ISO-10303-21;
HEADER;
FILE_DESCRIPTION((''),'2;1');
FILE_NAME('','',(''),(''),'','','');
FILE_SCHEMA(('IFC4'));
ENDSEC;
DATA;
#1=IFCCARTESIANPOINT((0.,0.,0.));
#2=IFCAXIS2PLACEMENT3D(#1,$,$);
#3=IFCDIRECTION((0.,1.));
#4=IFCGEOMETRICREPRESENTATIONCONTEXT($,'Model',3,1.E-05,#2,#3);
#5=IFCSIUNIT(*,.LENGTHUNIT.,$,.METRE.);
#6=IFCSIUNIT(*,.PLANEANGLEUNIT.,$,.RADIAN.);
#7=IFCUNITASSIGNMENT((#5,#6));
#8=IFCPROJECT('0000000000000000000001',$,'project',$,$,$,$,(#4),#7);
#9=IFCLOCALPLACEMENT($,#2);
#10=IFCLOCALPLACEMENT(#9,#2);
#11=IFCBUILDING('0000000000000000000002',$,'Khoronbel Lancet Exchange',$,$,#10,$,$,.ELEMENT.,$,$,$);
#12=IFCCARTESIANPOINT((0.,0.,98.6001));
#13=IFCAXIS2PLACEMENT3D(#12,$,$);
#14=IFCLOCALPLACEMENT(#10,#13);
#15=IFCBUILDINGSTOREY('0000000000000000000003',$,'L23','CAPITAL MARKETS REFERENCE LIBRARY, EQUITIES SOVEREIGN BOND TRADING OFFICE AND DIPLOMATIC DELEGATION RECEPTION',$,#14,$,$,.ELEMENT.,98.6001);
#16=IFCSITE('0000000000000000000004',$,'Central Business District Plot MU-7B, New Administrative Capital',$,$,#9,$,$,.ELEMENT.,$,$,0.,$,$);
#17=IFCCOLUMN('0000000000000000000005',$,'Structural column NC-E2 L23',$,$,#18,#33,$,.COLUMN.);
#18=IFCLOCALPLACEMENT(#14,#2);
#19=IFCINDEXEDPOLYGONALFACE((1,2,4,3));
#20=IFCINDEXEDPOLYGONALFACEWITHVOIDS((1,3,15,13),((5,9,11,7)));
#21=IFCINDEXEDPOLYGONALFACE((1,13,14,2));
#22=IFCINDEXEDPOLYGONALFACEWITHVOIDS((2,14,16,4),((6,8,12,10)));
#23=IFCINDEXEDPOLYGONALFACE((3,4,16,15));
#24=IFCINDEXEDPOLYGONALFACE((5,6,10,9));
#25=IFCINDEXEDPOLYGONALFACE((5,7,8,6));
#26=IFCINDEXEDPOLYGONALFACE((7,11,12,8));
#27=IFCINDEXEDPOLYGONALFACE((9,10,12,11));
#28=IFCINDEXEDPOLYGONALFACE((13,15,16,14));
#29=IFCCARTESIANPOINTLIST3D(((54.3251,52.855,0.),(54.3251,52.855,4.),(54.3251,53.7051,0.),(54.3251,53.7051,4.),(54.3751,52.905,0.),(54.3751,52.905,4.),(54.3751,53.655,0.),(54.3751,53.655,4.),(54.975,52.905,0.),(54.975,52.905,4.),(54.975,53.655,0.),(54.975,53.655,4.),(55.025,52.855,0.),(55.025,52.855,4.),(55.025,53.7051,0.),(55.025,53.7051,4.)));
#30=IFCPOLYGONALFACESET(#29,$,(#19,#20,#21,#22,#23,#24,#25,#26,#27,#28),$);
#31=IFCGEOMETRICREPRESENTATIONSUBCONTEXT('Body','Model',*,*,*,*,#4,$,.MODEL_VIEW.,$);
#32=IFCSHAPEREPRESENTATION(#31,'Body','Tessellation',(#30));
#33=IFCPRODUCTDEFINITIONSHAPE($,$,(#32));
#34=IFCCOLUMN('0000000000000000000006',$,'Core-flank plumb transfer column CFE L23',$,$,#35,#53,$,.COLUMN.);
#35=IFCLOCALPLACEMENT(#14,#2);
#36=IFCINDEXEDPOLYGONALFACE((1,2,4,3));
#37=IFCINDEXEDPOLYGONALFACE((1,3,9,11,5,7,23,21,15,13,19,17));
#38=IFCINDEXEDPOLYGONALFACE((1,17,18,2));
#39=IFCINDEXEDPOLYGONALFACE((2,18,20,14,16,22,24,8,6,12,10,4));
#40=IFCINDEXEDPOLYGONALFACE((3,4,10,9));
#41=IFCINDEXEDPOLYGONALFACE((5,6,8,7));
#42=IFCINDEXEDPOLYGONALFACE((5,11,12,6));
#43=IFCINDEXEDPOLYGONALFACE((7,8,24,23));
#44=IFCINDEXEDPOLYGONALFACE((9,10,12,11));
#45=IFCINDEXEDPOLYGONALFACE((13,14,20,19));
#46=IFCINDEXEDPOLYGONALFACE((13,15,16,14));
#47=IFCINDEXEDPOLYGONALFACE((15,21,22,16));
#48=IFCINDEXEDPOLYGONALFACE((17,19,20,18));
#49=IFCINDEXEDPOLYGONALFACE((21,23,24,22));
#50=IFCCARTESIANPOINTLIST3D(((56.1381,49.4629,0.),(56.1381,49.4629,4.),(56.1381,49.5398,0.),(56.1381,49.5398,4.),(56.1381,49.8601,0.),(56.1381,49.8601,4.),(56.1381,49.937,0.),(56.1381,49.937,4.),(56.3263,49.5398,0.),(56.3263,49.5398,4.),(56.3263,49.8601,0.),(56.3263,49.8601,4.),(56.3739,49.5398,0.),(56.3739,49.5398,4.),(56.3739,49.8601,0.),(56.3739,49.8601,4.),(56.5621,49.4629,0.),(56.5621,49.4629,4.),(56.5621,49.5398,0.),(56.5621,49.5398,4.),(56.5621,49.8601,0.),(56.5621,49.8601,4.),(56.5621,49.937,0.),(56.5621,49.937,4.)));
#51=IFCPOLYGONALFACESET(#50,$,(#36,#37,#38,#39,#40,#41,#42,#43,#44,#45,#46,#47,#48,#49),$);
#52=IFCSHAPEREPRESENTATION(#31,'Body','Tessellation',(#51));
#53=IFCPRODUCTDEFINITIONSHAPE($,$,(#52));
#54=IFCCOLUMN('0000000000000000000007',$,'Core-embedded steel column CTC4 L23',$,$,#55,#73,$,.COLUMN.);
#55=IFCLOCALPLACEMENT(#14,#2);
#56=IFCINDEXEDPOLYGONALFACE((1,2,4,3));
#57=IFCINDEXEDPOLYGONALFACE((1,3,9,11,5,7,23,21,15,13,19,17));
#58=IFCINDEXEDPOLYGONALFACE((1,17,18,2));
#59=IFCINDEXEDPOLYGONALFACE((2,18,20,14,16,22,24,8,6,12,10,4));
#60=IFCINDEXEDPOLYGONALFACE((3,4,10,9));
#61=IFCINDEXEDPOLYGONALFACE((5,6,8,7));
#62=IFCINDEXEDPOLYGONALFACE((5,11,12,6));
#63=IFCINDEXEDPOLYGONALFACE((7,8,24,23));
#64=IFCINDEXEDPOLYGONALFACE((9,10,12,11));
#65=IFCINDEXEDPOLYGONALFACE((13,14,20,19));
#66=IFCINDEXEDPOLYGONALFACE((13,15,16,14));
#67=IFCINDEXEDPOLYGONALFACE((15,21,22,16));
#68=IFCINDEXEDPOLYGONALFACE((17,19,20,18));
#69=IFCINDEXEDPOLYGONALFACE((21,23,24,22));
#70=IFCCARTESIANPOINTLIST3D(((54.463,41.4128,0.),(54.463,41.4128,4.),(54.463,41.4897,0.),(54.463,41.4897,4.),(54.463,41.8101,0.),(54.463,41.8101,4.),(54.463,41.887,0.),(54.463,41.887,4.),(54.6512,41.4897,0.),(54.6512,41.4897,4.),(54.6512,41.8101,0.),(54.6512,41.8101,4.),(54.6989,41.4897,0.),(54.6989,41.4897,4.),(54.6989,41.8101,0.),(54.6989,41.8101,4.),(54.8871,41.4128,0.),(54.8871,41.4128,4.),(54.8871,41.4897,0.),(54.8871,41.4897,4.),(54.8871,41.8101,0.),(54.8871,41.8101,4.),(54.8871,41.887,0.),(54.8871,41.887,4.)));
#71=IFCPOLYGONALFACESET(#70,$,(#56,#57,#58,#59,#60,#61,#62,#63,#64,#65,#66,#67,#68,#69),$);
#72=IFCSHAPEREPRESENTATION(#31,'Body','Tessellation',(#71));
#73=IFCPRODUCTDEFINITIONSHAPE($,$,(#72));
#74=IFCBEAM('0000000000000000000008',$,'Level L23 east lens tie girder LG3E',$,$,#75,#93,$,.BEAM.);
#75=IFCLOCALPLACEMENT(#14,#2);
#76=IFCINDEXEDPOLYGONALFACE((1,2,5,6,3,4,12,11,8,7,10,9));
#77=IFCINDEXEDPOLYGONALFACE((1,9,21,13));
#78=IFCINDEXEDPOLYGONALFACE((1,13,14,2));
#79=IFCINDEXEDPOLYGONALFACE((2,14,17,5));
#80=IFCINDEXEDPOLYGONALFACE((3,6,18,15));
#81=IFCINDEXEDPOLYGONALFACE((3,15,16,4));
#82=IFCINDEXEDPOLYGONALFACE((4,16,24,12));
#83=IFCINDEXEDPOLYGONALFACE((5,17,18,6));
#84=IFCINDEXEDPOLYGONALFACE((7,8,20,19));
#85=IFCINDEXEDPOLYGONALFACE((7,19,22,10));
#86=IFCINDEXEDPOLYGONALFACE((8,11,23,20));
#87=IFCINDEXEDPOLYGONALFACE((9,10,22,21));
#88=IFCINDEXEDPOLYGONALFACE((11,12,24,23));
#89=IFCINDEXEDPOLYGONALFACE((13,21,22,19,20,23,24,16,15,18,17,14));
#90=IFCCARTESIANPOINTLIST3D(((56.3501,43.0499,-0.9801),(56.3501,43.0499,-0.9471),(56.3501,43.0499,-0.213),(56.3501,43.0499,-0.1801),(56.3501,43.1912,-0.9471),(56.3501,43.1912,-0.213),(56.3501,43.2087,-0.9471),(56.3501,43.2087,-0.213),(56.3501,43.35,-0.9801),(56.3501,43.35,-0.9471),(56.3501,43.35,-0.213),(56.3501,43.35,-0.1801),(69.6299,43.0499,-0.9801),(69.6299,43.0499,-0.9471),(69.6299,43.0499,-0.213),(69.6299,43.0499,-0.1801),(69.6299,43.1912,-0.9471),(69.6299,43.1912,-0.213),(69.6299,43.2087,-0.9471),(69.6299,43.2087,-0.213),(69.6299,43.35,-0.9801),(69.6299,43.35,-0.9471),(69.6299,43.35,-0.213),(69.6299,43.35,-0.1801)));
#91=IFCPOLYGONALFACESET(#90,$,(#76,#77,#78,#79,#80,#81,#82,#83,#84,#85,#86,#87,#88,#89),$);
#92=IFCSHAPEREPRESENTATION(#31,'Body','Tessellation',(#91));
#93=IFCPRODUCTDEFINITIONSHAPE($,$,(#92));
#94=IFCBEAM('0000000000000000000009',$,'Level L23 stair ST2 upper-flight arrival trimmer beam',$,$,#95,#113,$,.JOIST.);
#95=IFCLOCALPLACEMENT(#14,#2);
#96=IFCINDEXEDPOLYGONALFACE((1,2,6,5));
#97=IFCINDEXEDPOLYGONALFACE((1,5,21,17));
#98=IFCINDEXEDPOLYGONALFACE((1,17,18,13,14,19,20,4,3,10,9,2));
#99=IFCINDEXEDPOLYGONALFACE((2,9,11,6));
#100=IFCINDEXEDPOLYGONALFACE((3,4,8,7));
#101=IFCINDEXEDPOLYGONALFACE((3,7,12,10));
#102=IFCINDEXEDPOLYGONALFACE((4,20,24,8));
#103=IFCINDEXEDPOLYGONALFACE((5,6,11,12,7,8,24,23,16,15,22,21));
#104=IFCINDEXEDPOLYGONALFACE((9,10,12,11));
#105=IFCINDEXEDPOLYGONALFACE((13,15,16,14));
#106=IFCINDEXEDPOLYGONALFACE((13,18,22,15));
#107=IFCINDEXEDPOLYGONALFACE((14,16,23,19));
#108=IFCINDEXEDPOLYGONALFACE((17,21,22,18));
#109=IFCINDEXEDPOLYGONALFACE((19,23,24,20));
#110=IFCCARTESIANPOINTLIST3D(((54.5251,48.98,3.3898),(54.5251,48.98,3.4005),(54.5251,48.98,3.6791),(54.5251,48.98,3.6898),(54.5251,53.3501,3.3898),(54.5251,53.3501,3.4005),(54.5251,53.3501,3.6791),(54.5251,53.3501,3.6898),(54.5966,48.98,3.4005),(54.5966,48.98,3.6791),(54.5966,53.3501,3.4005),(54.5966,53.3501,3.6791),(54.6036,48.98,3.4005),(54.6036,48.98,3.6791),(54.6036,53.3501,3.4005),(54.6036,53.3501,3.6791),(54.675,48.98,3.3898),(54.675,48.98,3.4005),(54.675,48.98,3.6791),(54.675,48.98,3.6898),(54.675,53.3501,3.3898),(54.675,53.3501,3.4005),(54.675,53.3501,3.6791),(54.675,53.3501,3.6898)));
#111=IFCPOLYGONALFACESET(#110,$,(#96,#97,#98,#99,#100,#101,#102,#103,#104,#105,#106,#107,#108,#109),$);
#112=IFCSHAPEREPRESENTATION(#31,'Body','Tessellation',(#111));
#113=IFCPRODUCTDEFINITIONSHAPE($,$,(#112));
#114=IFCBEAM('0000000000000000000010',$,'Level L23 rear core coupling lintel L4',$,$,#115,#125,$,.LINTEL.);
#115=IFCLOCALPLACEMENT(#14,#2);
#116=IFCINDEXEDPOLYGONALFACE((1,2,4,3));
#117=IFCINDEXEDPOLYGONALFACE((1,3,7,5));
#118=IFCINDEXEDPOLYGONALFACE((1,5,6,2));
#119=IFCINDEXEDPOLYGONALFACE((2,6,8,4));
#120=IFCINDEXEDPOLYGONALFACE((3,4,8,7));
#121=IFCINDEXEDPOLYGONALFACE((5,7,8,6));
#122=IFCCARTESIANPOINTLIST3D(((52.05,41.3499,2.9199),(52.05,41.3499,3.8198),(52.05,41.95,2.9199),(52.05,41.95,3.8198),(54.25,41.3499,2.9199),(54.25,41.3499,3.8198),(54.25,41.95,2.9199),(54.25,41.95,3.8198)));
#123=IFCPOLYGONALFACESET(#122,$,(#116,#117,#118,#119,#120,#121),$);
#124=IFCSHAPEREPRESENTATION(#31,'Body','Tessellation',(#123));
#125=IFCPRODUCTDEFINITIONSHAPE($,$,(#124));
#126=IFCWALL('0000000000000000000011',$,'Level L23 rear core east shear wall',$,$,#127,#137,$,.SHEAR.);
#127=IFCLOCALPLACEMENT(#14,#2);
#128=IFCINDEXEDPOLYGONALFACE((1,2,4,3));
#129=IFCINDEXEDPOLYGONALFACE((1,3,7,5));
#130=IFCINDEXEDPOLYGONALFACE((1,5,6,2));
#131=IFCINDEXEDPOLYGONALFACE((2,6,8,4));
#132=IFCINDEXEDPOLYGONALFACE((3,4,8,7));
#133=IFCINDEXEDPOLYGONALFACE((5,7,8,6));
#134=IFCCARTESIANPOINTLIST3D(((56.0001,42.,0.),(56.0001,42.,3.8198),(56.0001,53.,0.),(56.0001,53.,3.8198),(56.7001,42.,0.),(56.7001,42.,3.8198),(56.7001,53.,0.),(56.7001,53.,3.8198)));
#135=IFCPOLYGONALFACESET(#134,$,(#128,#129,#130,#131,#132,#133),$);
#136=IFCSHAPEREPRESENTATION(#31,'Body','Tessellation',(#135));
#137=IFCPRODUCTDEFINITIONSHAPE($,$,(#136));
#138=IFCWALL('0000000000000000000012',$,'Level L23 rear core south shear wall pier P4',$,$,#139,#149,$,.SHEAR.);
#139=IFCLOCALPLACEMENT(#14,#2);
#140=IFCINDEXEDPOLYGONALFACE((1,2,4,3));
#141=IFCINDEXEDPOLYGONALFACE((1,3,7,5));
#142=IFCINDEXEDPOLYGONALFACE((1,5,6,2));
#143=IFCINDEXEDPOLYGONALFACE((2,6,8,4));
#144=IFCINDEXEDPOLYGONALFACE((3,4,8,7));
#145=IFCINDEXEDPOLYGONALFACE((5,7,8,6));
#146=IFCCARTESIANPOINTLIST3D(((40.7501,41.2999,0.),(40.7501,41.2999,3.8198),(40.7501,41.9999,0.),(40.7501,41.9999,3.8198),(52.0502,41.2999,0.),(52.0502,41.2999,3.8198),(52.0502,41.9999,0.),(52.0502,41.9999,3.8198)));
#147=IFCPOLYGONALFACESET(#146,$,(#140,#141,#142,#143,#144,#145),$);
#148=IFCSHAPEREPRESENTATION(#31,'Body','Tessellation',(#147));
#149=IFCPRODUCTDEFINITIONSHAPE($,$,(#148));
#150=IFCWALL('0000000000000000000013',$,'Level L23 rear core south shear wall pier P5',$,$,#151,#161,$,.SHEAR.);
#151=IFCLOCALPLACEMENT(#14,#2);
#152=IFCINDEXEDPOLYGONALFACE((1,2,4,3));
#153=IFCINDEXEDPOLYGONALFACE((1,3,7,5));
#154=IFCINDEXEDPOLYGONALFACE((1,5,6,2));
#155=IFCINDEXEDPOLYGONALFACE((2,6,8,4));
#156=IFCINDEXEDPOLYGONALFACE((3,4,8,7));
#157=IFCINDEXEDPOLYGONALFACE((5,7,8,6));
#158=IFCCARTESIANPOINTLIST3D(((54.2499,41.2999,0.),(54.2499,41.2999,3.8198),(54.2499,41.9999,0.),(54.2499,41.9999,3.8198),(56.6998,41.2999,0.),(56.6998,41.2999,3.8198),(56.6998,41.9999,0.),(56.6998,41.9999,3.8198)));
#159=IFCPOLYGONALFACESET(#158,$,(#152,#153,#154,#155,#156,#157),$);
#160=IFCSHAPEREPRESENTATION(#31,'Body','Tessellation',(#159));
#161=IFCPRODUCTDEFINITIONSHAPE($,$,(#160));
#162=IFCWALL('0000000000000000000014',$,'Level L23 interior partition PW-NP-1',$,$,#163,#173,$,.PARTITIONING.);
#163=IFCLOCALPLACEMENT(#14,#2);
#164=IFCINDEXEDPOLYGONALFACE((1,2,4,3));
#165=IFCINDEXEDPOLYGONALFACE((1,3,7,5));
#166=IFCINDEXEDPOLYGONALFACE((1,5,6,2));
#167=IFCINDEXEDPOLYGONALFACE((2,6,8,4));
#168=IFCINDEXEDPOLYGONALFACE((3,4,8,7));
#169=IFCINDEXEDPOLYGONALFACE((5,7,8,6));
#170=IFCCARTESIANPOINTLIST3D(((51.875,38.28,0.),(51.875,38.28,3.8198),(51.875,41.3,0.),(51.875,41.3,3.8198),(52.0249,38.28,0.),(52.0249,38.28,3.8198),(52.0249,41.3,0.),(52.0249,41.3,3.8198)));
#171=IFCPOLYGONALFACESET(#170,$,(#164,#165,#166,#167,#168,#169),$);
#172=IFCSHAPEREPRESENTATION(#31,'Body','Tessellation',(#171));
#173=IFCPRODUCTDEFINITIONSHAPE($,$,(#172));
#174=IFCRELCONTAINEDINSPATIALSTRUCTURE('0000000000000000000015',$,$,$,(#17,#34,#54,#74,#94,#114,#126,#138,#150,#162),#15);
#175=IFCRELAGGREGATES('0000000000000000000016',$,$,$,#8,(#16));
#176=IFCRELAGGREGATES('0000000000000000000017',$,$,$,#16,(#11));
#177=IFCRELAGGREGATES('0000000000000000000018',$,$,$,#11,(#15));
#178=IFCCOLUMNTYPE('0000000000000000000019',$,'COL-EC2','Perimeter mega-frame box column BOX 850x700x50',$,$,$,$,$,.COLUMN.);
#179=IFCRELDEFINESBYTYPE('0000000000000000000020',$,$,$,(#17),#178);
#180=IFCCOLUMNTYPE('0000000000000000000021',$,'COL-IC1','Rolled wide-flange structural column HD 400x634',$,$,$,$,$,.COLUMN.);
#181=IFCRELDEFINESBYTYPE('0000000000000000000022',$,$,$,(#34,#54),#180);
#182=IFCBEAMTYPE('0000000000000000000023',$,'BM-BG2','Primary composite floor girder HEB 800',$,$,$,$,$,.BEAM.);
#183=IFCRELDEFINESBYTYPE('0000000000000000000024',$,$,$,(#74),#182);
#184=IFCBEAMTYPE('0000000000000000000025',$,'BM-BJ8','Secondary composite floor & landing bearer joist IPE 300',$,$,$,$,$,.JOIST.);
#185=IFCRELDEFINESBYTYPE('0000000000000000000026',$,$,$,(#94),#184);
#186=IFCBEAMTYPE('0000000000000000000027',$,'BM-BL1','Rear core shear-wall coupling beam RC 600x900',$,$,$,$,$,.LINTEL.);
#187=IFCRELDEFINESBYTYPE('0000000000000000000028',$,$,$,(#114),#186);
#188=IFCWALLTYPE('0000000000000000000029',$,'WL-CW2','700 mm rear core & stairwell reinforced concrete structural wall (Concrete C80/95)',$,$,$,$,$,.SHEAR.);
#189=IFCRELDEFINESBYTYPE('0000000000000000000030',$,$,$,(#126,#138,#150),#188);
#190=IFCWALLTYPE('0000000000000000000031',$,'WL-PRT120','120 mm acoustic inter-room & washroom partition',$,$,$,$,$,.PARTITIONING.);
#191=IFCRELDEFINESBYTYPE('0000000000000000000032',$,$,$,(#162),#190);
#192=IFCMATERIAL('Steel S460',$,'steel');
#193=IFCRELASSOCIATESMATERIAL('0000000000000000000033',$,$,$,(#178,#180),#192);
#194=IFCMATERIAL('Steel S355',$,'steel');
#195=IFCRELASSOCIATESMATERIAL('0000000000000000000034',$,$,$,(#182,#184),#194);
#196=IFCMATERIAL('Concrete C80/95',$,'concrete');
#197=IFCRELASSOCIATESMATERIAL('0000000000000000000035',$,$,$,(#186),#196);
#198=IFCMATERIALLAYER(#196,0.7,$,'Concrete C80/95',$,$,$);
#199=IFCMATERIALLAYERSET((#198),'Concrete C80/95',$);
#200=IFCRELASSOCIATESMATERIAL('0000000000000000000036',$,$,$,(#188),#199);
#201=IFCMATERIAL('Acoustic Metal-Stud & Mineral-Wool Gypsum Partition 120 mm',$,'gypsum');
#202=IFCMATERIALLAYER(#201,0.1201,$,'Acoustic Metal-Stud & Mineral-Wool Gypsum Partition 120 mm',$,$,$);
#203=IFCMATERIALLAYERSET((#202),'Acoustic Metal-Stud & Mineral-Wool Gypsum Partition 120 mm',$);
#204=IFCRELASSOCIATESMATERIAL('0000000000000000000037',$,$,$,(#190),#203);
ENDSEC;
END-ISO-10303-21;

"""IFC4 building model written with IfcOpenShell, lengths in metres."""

from ifc_helpers import new_model, si_unit, direction, frame, frame_2d, origin, origin_2d, place, context, subcontext, project, spatial, rectangle, hollow_rectangle, i_section, extrude, material, layer, layer_set, material_profile, profile_set, type_object, element, save


model = new_model("IFC4")

# Units and contexts
model_context = context("Model", 3, precision=1e-05, world=origin(), true_north=direction((0.0, 1.0)))
body_context = subcontext(model_context, "Body", "Model", "MODEL_VIEW")
ifc_project = project(units=[si_unit("LENGTHUNIT", "METRE"), si_unit("PLANEANGLEUNIT", "RADIAN")], contexts=[model_context])

# Site, building, storey
site_placement = place(None, origin())
site = spatial("IfcSite", under=ifc_project, at=site_placement, Name="Central Business District Plot MU-7B, New Administrative Capital", CompositionType="ELEMENT", RefElevation=0.0)
building_placement = place(site_placement, origin())
building = spatial("IfcBuilding", under=site, at=building_placement, Name="Khoronbel Lancet Exchange", CompositionType="ELEMENT")
storey_placement = place(building_placement, frame((0.0, 0.0, 98.6001)))
storey = spatial("IfcBuildingStorey", under=building, at=storey_placement, Name="L23", Description="CAPITAL MARKETS REFERENCE LIBRARY, EQUITIES SOVEREIGN BOND TRADING OFFICE AND DIPLOMATIC DELEGATION RECEPTION", CompositionType="ELEMENT", Elevation=98.6001)

# Columns
ifc_material_1 = material(Name="Steel S460", Category="steel")
ifc_material_profile_1 = material_profile(ifc_material_1, hollow_rectangle(XDim=0.7, YDim=0.8501, WallThickness=0.05, at=origin_2d()), Name="BOX 850x700x50")
ifc_profile_set_1 = profile_set([ifc_material_profile_1], Name="Steel S460")
column_type_1 = type_object("IfcColumnType", Name="COL-EC2", Description="Perimeter mega-frame box column BOX 850x700x50", PredefinedType="COLUMN", material=ifc_profile_set_1)
column_placement = place(storey_placement, frame((54.675, 53.28, 0.0), z_axis=(0.0, 0.0, 1.0), x_axis=(1.0, 0.0, 0.0)))
element("IfcColumn", 1, at=column_placement, inside=storey, type_object=column_type_1, Name="Structural column NC-E2 L23", PredefinedType="COLUMN", context=body_context, shape_type="SweptSolid", body=[
    extrude(hollow_rectangle(XDim=0.7, YDim=0.8501, WallThickness=0.05, at=origin_2d()), origin(), (0.0, 0.0, 1.0), 4.0),
])
ifc_material_profile_2 = material_profile(ifc_material_1, i_section(OverallWidth=0.4241, OverallDepth=0.4741, WebThickness=0.0476, FlangeThickness=0.0769, at=origin_2d()), Name="HD 400x634")
ifc_profile_set_2 = profile_set([ifc_material_profile_2], Name="Steel S460")
column_type_2 = type_object("IfcColumnType", Name="COL-IC1", Description="Rolled wide-flange structural column HD 400x634", PredefinedType="COLUMN", material=ifc_profile_set_2)
for number, where, z_axis, x_axis, name in (
    (2, (56.3501, 49.7, 0.0), (0.0, 0.0, 1.0), (1.0, 0.0, 0.0), "Core-flank plumb transfer column CFE L23"),
    (3, (54.675, 41.6499, 0.0), (0.0, 0.0, 1.0), (1.0, 0.0, 0.0), "Core-embedded steel column CTC4 L23"),
):
    element("IfcColumn", number, at=place(storey_placement, frame(where, z_axis=z_axis, x_axis=x_axis)), inside=storey, type_object=column_type_2, Name=name, PredefinedType="COLUMN", context=body_context, shape_type="SweptSolid", body=[
        extrude(i_section(OverallWidth=0.4241, OverallDepth=0.4741, WebThickness=0.0476, FlangeThickness=0.0769, at=origin_2d()), origin(), (0.0, 0.0, 1.0), 4.0),
    ])

# Beams
ifc_material_2 = material(Name="Steel S355", Category="steel")
ifc_material_profile_3 = material_profile(ifc_material_2, i_section(OverallWidth=0.3, OverallDepth=0.8, WebThickness=0.0176, FlangeThickness=0.033, at=origin_2d()), Name="HEB 800")
ifc_profile_set_3 = profile_set([ifc_material_profile_3], Name="Steel S355")
beam_type_1 = type_object("IfcBeamType", Name="BM-BG2", Description="Primary composite floor girder HEB 800", PredefinedType="BEAM", material=ifc_profile_set_3)
beam_1_placement = place(storey_placement, frame((56.3501, 43.2, -0.5801), z_axis=(1.0, 0.0, 0.0), x_axis=(0.0, 1.0, 0.0)))
element("IfcBeam", 4, at=beam_1_placement, inside=storey, type_object=beam_type_1, Name="Level L23 east lens tie girder LG3E", PredefinedType="BEAM", context=body_context, shape_type="SweptSolid", body=[
    extrude(i_section(OverallWidth=0.3, OverallDepth=0.8, WebThickness=0.0176, FlangeThickness=0.033, at=origin_2d()), origin(), (0.0, 0.0, 1.0), 13.2798),
])
ifc_material_profile_4 = material_profile(ifc_material_2, i_section(OverallWidth=0.1499, OverallDepth=0.3, WebThickness=0.0071, FlangeThickness=0.0107, at=origin_2d()), Name="IPE 300")
ifc_profile_set_4 = profile_set([ifc_material_profile_4], Name="Steel S355")
beam_type_2 = type_object("IfcBeamType", Name="BM-BJ8", Description="Secondary composite floor & landing bearer joist IPE 300", PredefinedType="JOIST", material=ifc_profile_set_4)
beam_2_placement = place(storey_placement, frame((54.6001, 48.98, 3.5398), z_axis=(0.0, 1.0, 0.0), x_axis=(-1.0, 0.0, 0.0)))
element("IfcBeam", 5, at=beam_2_placement, inside=storey, type_object=beam_type_2, Name="Level L23 stair ST2 upper-flight arrival trimmer beam", PredefinedType="JOIST", context=body_context, shape_type="SweptSolid", body=[
    extrude(i_section(OverallWidth=0.1499, OverallDepth=0.3, WebThickness=0.0071, FlangeThickness=0.0107, at=origin_2d()), origin(), (0.0, 0.0, 1.0), 4.3701),
])
ifc_material_3 = material(Name="Concrete C80/95", Category="concrete")
ifc_material_profile_5 = material_profile(ifc_material_3, rectangle(XDim=0.6001, YDim=0.8999, at=origin_2d()), Name="RC 600x900")
ifc_profile_set_5 = profile_set([ifc_material_profile_5], Name="Concrete C80/95")
beam_type_3 = type_object("IfcBeamType", Name="BM-BL1", Description="Rear core shear-wall coupling beam RC 600x900", PredefinedType="LINTEL", material=ifc_profile_set_5)
beam_3_placement = place(storey_placement, frame((52.05, 41.6499, 3.3699), z_axis=(1.0, 0.0, 0.0), x_axis=(0.0, 1.0, 0.0)))
element("IfcBeam", 6, at=beam_3_placement, inside=storey, type_object=beam_type_3, Name="Level L23 rear core coupling lintel L4", PredefinedType="LINTEL", context=body_context, shape_type="SweptSolid", body=[
    extrude(rectangle(XDim=0.6001, YDim=0.8999, at=origin_2d()), origin(), (0.0, 0.0, 1.0), 2.2),
])

# Walls
ifc_layer_1 = layer(ifc_material_3, 0.7, Name="Concrete C80/95")
ifc_layer_set_1 = layer_set([ifc_layer_1], Name="Concrete C80/95")
wall_type_1 = type_object("IfcWallType", Name="WL-CW2", Description="700 mm rear core & stairwell reinforced concrete structural wall (Concrete C80/95)", PredefinedType="SHEAR", material=ifc_layer_set_1)
wall_1_placement = place(storey_placement, frame((56.3501, 53.0, 0.0), z_axis=(0.0, 0.0, 1.0), x_axis=(0.0, -1.0, 0.0)))
element("IfcWall", 7, at=wall_1_placement, inside=storey, type_object=wall_type_1, Name="Level L23 rear core east shear wall", PredefinedType="SHEAR", context=body_context, shape_type="SweptSolid", body=[
    extrude(rectangle(XDim=11.0, YDim=0.7, at=frame_2d((5.5, 0.0))), origin(), (0.0, 0.0, 1.0), 3.8198),
])
wall_2_placement = place(storey_placement, frame((52.05, 41.6499, 0.0), z_axis=(0.0, 0.0, 1.0), x_axis=(-1.0, 0.0, 0.0)))
element("IfcWall", 8, at=wall_2_placement, inside=storey, type_object=wall_type_1, Name="Level L23 rear core south shear wall pier P4", PredefinedType="SHEAR", context=body_context, shape_type="SweptSolid", body=[
    extrude(rectangle(XDim=11.3, YDim=0.7, at=frame_2d((5.6499, 0.0))), origin(), (0.0, 0.0, 1.0), 3.8198),
])
wall_3_placement = place(storey_placement, frame((56.7, 41.6499, 0.0), z_axis=(0.0, 0.0, 1.0), x_axis=(-1.0, 0.0, 0.0)))
element("IfcWall", 9, at=wall_3_placement, inside=storey, type_object=wall_type_1, Name="Level L23 rear core south shear wall pier P5", PredefinedType="SHEAR", context=body_context, shape_type="SweptSolid", body=[
    extrude(rectangle(XDim=2.45, YDim=0.7, at=frame_2d((1.2251, 0.0))), origin(), (0.0, 0.0, 1.0), 3.8198),
])
ifc_material_4 = material(Name="Acoustic Metal-Stud & Mineral-Wool Gypsum Partition 120 mm", Category="gypsum")
ifc_layer_2 = layer(ifc_material_4, 0.1201, Name="Acoustic Metal-Stud & Mineral-Wool Gypsum Partition 120 mm")
ifc_layer_set_2 = layer_set([ifc_layer_2], Name="Acoustic Metal-Stud & Mineral-Wool Gypsum Partition 120 mm")
wall_type_2 = type_object("IfcWallType", Name="WL-PRT120", Description="120 mm acoustic inter-room & washroom partition", PredefinedType="PARTITIONING", material=ifc_layer_set_2)
wall_4_placement = place(storey_placement, frame((51.95, 38.28, 0.0), z_axis=(0.0, 0.0, 1.0), x_axis=(0.0, 1.0, 0.0)))
element("IfcWall", 10, at=wall_4_placement, inside=storey, type_object=wall_type_2, Name="Level L23 interior partition PW-NP-1", PredefinedType="PARTITIONING", context=body_context, shape_type="SweptSolid", body=[
    extrude(rectangle(XDim=3.02, YDim=0.1499, at=frame_2d((1.51, 0.0))), origin(), (0.0, 0.0, 1.0), 3.8198),
])

save(model, "model.ifc")
